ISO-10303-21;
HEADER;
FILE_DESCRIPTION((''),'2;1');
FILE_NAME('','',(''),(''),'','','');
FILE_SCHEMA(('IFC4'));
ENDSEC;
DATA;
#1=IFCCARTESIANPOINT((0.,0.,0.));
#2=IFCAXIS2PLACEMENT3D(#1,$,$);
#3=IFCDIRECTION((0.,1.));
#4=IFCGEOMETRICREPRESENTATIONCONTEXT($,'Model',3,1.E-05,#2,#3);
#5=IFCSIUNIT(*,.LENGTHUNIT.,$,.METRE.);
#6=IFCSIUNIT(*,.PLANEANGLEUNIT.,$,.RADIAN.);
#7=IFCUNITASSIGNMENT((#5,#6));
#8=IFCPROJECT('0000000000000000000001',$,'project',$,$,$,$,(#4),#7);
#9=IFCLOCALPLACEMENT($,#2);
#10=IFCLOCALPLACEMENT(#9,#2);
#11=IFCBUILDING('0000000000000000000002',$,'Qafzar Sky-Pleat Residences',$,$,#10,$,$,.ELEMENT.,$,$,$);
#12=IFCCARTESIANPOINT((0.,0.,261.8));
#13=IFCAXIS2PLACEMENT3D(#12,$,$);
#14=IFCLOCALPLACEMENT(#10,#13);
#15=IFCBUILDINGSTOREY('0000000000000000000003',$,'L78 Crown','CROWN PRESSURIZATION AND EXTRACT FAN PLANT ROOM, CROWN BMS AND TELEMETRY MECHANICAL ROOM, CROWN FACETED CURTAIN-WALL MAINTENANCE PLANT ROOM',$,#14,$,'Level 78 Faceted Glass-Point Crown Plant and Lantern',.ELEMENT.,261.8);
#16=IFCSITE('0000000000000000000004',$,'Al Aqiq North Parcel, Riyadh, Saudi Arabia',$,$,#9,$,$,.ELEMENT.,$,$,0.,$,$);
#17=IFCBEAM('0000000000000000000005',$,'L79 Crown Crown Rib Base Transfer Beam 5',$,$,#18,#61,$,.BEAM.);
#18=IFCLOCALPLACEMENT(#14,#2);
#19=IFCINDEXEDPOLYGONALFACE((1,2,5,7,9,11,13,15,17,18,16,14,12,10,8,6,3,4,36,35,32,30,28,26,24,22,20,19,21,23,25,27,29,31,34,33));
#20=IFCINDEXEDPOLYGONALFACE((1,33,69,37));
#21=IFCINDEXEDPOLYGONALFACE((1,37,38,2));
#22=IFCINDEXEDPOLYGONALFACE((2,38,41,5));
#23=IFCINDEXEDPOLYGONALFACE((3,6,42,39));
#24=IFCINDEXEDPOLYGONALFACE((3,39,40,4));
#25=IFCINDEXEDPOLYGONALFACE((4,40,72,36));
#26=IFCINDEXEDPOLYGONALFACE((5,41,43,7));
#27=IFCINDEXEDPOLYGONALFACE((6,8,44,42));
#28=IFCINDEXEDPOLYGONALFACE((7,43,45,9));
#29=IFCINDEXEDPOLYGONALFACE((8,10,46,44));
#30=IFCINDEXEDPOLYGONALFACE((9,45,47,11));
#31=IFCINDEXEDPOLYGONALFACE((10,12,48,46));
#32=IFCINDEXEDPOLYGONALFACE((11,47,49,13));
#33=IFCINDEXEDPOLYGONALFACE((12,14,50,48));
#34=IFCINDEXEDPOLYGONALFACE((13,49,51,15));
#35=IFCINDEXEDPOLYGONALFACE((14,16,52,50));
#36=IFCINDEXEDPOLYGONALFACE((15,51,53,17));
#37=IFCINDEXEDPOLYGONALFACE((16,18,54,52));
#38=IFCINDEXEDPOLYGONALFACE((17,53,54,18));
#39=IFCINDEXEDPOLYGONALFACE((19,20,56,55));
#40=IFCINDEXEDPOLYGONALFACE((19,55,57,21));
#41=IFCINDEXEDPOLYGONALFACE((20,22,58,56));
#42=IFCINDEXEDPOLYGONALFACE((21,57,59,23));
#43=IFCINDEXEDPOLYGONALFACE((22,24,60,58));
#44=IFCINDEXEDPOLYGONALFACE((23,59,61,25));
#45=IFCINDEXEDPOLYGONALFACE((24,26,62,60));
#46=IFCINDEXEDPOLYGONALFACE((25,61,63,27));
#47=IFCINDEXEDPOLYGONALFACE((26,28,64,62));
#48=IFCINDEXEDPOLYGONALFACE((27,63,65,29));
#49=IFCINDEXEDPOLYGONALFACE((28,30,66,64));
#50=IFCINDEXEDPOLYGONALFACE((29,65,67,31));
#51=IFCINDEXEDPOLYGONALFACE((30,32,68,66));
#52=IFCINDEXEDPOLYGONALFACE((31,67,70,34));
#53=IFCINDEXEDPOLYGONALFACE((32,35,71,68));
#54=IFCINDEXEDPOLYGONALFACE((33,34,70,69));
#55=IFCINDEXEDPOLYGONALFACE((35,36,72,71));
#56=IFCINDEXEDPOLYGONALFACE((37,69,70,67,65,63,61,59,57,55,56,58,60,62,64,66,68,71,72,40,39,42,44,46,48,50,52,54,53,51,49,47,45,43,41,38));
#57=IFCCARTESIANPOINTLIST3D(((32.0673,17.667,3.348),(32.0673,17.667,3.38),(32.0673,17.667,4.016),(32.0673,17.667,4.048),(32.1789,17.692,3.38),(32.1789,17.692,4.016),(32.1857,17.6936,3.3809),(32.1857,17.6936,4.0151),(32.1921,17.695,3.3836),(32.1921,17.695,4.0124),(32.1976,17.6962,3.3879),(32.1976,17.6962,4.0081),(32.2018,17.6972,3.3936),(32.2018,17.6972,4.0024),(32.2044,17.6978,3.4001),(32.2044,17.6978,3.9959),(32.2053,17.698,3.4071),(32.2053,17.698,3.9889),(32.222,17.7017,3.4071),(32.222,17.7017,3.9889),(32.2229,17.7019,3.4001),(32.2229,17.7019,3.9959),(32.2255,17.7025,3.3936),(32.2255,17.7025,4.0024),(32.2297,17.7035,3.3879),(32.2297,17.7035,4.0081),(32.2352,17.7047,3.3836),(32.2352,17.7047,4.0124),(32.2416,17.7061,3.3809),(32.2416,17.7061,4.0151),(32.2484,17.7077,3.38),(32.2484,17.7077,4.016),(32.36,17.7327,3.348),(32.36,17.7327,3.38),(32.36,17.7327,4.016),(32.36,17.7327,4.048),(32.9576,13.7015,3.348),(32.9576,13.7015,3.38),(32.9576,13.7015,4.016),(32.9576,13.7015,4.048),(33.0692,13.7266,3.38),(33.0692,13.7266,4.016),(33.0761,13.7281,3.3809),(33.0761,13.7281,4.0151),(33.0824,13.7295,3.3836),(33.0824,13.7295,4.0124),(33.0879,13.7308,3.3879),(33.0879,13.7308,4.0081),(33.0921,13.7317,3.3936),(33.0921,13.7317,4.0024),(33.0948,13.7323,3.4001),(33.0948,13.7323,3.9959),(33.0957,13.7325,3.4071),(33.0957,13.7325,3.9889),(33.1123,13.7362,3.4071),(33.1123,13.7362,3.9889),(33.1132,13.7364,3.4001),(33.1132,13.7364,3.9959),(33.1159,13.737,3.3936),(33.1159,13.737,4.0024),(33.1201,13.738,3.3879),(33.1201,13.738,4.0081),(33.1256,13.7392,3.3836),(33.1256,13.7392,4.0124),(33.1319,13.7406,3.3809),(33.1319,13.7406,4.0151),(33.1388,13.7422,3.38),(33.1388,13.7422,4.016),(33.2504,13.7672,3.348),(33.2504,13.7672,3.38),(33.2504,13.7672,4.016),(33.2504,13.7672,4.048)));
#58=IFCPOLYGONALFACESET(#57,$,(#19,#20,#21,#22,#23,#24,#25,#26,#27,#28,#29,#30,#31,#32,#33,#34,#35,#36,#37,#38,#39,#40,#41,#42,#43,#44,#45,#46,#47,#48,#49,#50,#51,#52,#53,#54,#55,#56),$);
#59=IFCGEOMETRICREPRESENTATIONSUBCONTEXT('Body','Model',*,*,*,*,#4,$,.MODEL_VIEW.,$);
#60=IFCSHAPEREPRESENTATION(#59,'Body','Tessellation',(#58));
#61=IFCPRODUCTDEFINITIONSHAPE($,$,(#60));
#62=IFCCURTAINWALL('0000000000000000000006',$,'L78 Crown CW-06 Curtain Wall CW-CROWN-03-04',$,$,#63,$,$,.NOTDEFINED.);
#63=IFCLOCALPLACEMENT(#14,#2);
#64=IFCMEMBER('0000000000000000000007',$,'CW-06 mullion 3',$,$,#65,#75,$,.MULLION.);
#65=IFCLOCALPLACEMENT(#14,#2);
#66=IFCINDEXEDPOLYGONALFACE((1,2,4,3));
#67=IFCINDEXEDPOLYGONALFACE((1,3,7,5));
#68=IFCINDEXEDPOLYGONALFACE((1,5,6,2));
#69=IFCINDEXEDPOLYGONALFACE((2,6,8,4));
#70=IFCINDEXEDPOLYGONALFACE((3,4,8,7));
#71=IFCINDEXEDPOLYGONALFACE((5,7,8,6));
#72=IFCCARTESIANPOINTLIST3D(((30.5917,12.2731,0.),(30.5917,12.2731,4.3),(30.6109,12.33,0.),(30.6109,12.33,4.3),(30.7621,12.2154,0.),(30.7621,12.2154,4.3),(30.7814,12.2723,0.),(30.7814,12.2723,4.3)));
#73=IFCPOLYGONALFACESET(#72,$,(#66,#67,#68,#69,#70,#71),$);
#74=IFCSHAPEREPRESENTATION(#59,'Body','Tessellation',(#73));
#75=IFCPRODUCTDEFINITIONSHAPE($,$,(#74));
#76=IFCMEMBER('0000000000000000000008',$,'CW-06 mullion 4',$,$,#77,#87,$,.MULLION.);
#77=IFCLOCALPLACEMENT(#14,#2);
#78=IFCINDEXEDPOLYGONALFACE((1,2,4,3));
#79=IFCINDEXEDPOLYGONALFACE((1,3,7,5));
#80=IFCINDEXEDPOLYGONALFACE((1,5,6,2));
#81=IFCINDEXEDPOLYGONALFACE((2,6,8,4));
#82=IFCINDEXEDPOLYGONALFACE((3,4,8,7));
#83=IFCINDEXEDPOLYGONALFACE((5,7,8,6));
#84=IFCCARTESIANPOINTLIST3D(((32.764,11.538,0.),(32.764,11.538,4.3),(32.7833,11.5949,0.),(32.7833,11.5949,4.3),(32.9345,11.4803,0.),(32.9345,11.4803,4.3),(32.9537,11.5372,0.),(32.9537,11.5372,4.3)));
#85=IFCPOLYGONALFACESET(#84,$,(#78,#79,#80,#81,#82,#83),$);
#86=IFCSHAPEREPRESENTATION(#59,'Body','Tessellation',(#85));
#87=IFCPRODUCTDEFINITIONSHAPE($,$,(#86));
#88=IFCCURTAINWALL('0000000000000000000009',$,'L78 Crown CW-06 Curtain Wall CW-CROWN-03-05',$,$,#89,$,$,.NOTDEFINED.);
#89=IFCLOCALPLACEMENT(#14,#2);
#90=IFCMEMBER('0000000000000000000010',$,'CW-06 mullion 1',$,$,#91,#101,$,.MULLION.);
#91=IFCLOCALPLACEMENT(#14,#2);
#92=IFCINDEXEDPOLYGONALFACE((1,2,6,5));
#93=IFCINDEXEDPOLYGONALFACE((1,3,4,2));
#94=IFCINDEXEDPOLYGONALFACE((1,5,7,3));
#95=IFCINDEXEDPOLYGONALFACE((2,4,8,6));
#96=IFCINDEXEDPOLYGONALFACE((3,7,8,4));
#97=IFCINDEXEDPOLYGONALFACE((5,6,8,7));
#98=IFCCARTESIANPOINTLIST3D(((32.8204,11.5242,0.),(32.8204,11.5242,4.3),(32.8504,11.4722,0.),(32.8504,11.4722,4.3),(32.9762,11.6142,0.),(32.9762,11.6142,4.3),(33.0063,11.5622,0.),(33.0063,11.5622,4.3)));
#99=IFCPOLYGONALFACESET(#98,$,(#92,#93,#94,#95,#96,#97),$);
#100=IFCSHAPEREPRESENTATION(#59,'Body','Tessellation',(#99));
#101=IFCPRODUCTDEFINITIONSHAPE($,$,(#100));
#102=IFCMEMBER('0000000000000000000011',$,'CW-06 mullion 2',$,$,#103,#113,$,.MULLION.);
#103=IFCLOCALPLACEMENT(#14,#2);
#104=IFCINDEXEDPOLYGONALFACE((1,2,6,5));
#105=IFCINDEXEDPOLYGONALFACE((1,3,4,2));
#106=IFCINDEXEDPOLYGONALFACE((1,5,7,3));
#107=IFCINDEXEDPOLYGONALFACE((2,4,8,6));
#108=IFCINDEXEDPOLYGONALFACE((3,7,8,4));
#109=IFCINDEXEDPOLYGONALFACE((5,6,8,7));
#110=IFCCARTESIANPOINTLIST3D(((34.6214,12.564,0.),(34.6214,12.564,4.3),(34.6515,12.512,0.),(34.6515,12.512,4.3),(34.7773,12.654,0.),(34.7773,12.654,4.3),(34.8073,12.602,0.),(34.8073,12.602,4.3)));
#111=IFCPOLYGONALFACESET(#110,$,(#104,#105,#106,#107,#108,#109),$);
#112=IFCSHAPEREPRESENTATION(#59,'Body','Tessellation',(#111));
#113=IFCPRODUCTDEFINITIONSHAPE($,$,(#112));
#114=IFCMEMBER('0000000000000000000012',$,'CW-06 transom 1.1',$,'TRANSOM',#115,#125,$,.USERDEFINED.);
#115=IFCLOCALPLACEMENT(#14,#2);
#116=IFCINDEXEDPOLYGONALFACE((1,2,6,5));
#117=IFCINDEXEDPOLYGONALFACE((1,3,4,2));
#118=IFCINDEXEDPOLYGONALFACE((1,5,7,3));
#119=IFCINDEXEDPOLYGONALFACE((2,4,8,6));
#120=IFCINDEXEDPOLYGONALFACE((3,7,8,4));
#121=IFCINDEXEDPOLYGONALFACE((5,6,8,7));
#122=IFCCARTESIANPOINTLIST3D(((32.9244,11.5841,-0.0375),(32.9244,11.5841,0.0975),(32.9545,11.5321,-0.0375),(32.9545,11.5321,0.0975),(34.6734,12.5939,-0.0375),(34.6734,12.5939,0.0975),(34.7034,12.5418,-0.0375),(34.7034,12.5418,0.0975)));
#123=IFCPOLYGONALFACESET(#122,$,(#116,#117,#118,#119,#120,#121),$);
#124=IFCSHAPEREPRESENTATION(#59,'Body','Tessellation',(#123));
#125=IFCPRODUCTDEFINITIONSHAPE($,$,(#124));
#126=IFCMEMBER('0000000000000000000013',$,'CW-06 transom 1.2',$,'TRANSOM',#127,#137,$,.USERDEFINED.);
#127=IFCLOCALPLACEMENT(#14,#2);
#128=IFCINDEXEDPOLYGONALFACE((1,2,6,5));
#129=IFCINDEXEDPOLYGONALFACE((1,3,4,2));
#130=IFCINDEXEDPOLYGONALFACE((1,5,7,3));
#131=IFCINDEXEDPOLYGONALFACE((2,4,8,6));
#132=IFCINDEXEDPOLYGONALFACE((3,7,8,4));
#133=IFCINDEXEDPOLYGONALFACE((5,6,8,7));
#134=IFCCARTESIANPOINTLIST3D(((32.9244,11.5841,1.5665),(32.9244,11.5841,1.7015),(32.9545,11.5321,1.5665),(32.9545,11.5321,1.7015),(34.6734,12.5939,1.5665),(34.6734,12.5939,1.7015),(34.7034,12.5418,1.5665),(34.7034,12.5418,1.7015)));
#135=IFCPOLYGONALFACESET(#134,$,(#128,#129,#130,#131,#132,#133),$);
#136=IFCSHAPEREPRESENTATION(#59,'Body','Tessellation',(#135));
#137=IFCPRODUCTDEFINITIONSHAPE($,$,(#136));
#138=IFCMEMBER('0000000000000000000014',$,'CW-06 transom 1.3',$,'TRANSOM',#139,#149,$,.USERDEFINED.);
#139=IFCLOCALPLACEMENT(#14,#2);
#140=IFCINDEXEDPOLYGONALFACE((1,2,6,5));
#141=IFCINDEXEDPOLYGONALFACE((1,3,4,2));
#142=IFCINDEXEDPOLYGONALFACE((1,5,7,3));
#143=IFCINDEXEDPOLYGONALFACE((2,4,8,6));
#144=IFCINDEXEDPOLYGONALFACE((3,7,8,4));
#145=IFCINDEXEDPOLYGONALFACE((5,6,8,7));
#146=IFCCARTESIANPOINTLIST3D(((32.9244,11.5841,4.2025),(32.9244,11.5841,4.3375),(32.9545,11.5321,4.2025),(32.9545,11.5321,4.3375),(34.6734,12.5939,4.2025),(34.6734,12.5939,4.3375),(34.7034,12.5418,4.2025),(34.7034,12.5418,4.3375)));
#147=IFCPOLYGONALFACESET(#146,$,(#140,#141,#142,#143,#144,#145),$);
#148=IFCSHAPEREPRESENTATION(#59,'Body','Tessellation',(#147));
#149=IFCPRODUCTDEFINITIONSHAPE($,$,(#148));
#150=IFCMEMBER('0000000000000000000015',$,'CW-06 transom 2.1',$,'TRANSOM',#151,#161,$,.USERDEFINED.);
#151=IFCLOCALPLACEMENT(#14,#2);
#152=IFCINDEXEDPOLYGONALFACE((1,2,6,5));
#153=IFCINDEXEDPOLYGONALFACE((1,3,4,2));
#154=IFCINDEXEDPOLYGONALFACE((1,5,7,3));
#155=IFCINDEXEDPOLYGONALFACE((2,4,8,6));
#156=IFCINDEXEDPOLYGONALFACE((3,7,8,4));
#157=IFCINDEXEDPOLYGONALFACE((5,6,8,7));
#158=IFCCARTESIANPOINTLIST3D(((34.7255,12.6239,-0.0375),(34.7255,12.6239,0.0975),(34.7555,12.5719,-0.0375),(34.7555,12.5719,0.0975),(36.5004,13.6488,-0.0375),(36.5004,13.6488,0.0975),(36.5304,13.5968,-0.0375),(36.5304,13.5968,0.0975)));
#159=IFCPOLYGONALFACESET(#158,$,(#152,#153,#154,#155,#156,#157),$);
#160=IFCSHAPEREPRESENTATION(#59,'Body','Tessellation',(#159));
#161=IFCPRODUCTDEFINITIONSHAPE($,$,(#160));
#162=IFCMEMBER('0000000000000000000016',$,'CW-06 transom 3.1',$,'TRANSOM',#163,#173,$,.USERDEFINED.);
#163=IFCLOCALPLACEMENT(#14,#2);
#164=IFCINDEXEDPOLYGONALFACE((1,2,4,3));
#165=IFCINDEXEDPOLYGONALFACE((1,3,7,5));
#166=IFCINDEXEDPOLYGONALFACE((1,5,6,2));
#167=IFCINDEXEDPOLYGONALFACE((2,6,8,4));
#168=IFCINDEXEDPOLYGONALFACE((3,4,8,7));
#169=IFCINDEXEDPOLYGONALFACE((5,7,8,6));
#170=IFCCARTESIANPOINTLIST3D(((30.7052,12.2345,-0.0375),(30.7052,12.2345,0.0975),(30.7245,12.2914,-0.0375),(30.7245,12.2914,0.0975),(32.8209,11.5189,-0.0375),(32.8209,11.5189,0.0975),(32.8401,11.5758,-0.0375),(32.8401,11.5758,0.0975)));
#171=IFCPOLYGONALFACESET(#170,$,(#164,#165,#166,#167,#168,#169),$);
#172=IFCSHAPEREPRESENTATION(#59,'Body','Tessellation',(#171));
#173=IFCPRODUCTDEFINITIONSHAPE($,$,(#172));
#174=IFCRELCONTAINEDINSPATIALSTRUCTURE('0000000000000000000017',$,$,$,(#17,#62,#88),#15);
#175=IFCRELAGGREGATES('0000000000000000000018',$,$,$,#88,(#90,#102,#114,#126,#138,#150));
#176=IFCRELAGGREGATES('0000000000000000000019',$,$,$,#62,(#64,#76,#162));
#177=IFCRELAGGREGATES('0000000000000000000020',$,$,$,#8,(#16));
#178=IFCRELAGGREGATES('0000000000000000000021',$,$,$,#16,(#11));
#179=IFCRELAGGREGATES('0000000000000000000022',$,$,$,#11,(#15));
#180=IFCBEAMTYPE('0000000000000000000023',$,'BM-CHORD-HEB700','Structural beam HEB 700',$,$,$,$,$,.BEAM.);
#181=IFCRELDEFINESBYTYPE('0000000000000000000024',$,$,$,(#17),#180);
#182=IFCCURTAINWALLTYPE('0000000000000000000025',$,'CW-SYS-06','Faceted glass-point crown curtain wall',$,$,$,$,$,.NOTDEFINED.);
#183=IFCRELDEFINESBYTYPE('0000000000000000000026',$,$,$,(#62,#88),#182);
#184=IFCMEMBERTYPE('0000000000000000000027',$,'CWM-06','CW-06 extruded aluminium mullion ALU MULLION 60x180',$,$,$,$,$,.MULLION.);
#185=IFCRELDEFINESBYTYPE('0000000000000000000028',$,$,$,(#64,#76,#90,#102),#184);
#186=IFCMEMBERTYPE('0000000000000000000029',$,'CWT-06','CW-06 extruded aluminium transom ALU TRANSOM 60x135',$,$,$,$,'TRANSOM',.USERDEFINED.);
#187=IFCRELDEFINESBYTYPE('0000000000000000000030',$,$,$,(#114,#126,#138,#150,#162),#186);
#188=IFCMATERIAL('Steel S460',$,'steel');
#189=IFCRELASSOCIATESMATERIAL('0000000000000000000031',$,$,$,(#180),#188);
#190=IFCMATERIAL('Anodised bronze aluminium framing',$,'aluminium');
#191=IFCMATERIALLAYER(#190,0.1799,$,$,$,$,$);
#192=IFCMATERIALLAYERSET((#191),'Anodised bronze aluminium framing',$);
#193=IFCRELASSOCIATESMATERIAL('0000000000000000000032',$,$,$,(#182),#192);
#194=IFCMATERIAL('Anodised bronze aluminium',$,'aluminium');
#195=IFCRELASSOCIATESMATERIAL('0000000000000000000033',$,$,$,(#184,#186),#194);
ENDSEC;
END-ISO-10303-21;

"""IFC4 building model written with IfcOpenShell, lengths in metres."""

from ifc_helpers import new_model, si_unit, direction, frame, origin, origin_2d, place, context, subcontext, project, spatial, rectangle, i_section, extrude, source, transform, mapped, material, layer, layer_set, material_profile, profile_set, type_object, element, aggregate, save


model = new_model("IFC4")

# Units and contexts
model_context = context("Model", 3, precision=1e-05, world=origin(), true_north=direction((0.0, 1.0)))
body_context = subcontext(model_context, "Body", "Model", "MODEL_VIEW")
ifc_project = project(units=[si_unit("LENGTHUNIT", "METRE"), si_unit("PLANEANGLEUNIT", "RADIAN")], contexts=[model_context])

# Site, building, storey
site_placement = place(None, origin())
site = spatial("IfcSite", under=ifc_project, at=site_placement, Name="Al Aqiq North Parcel, Riyadh, Saudi Arabia", CompositionType="ELEMENT", RefElevation=0.0)
building_placement = place(site_placement, origin())
building = spatial("IfcBuilding", under=site, at=building_placement, Name="Qafzar Sky-Pleat Residences", CompositionType="ELEMENT")
storey_placement = place(building_placement, frame((0.0, 0.0, 261.8)))
storey = spatial("IfcBuildingStorey", under=building, at=storey_placement, Name="L78 Crown", Description="CROWN PRESSURIZATION AND EXTRACT FAN PLANT ROOM, CROWN BMS AND TELEMETRY MECHANICAL ROOM, CROWN FACETED CURTAIN-WALL MAINTENANCE PLANT ROOM", LongName="Level 78 Faceted Glass-Point Crown Plant and Lantern", CompositionType="ELEMENT", Elevation=261.8)

# Shared definitions
ifc_material_1 = material(Name="Steel S460", Category="steel")

# Beam
ifc_material_profile_1 = material_profile(ifc_material_1, i_section(OverallWidth=0.3, OverallDepth=0.7, WebThickness=0.0171, FlangeThickness=0.032, FilletRadius=0.0271, at=origin_2d()), Name="HEB 700")
ifc_profile_set_1 = profile_set([ifc_material_profile_1], Name="Steel S460")
beam_type = type_object("IfcBeamType", Name="BM-CHORD-HEB700", Description="Structural beam HEB 700", PredefinedType="BEAM", material=ifc_profile_set_1)
shared_shape_1 = source(origin(), body_context, "Body", "SweptSolid", [
    extrude(i_section(OverallWidth=0.3, OverallDepth=0.7, WebThickness=0.0171, FlangeThickness=0.032, FilletRadius=0.0271, at=origin_2d()), origin(), (0.0, 0.0, 1.0), 4.0642),
])
beam_placement = place(storey_placement, frame((33.104, 13.7344, 3.698), z_axis=(-0.219073, 0.975708, 0.0), x_axis=(-0.975708, -0.219073, 0.0)))
element("IfcBeam", 1, at=beam_placement, inside=storey, type_object=beam_type, Name="L79 Crown Crown Rib Base Transfer Beam 5", PredefinedType="BEAM", context=body_context, shape_type="MappedRepresentation", body=[
    mapped(shared_shape_1, transform((0.0, 0.0, 0.0), x_axis=(1.0, 0.0, 0.0), y_axis=(0.0, 1.0, 0.0), z_axis=(0.0, 0.0, 1.0), scale=1.0)),
])

# Curtain walls, members
ifc_material_2 = material(Name="Anodised bronze aluminium framing", Category="aluminium")
ifc_layer_1 = layer(ifc_material_2, 0.1799)
ifc_layer_set_1 = layer_set([ifc_layer_1], Name="Anodised bronze aluminium framing")
curtain_wall_type = type_object("IfcCurtainWallType", Name="CW-SYS-06", Description="Faceted glass-point crown curtain wall", PredefinedType="NOTDEFINED", material=ifc_layer_set_1)
curtain_wall_1_placement = place(storey_placement, origin())
curtain_wall_1 = element("IfcCurtainWall", 2, at=curtain_wall_1_placement, inside=storey, type_object=curtain_wall_type, Name="L78 Crown CW-06 Curtain Wall CW-CROWN-03-04", PredefinedType="NOTDEFINED")
ifc_material_3 = material(Name="Anodised bronze aluminium", Category="aluminium")
ifc_material_profile_2 = material_profile(ifc_material_3, rectangle(XDim=0.0601, YDim=0.1799, at=origin_2d()), Name="ALU MULLION 60x180")
ifc_profile_set_2 = profile_set([ifc_material_profile_2], Name="Anodised bronze aluminium")
member_type_1 = type_object("IfcMemberType", Name="CWM-06", Description="CW-06 extruded aluminium mullion ALU MULLION 60x180", PredefinedType="MULLION", material=ifc_profile_set_2)
shared_shape_2 = source(origin(), body_context, "Body", "SweptSolid", [
    extrude(rectangle(XDim=0.0601, YDim=0.1799, at=origin_2d()), origin(), (0.0, 0.0, 1.0), 4.3),
])
member_1_placement = place(storey_placement, frame((30.6865, 12.2727, 0.0), z_axis=(0.0, 0.0, 1.0), x_axis=(0.320451, 0.947265, 0.0)))
member_1 = element("IfcMember", 3, at=member_1_placement, type_object=member_type_1, Name="CW-06 mullion 3", PredefinedType="MULLION", context=body_context, shape_type="MappedRepresentation", body=[
    mapped(shared_shape_2, transform((0.0, 0.0, 0.0), x_axis=(1.0, 0.0, 0.0), y_axis=(0.0, 1.0, 0.0), z_axis=(0.0, 0.0, 1.0), scale=1.0)),
])
member_2_placement = place(storey_placement, frame((32.8589, 11.5376, 0.0), z_axis=(0.0, 0.0, 1.0), x_axis=(0.320451, 0.947265, 0.0)))
member_2 = element("IfcMember", 4, at=member_2_placement, type_object=member_type_1, Name="CW-06 mullion 4", PredefinedType="MULLION", context=body_context, shape_type="MappedRepresentation", body=[
    mapped(shared_shape_2, transform((0.0, 0.0, 0.0), x_axis=(1.0, 0.0, 0.0), y_axis=(0.0, 1.0, 0.0), z_axis=(0.0, 0.0, 1.0), scale=1.0)),
])
curtain_wall_2_placement = place(storey_placement, origin())
curtain_wall_2 = element("IfcCurtainWall", 5, at=curtain_wall_2_placement, inside=storey, type_object=curtain_wall_type, Name="L78 Crown CW-06 Curtain Wall CW-CROWN-03-05", PredefinedType="NOTDEFINED")
member_3_placement = place(storey_placement, frame((32.9133, 11.5432, 0.0), z_axis=(0.0, 0.0, 1.0), x_axis=(-0.500002, 0.866024, 0.0)))
member_3 = element("IfcMember", 6, at=member_3_placement, type_object=member_type_1, Name="CW-06 mullion 1", PredefinedType="MULLION", context=body_context, shape_type="MappedRepresentation", body=[
    mapped(shared_shape_2, transform((0.0, 0.0, 0.0), x_axis=(1.0, 0.0, 0.0), y_axis=(0.0, 1.0, 0.0), z_axis=(0.0, 0.0, 1.0), scale=1.0)),
])
member_4_placement = place(storey_placement, frame((34.7144, 12.583, 0.0), z_axis=(0.0, 0.0, 1.0), x_axis=(-0.500002, 0.866024, 0.0)))
member_4 = element("IfcMember", 7, at=member_4_placement, type_object=member_type_1, Name="CW-06 mullion 2", PredefinedType="MULLION", context=body_context, shape_type="MappedRepresentation", body=[
    mapped(shared_shape_2, transform((0.0, 0.0, 0.0), x_axis=(1.0, 0.0, 0.0), y_axis=(0.0, 1.0, 0.0), z_axis=(0.0, 0.0, 1.0), scale=1.0)),
])
ifc_material_profile_3 = material_profile(ifc_material_3, rectangle(XDim=0.0601, YDim=0.135, at=origin_2d()), Name="ALU TRANSOM 60x135")
ifc_profile_set_3 = profile_set([ifc_material_profile_3], Name="Anodised bronze aluminium")
member_type_2 = type_object("IfcMemberType", Name="CWT-06", Description="CW-06 extruded aluminium transom ALU TRANSOM 60x135", ElementType="TRANSOM", PredefinedType="USERDEFINED", material=ifc_profile_set_3)
shared_shape_3 = source(origin(), body_context, "Body", "SweptSolid", [
    extrude(rectangle(XDim=0.0601, YDim=0.135, at=origin_2d()), origin(), (0.0, 0.0, 1.0), 2.0195),
])
member_5_placement = place(storey_placement, frame((32.9395, 11.5581, 0.03), z_axis=(0.866033, 0.499988, 0.0), x_axis=(-0.499988, 0.866033, 0.0)))
member_5 = element("IfcMember", 8, at=member_5_placement, type_object=member_type_2, Name="CW-06 transom 1.1", ObjectType="TRANSOM", PredefinedType="USERDEFINED", context=body_context, shape_type="MappedRepresentation", body=[
    mapped(shared_shape_3, transform((0.0, 0.0, 0.0), x_axis=(1.0, 0.0, 0.0), y_axis=(0.0, 1.0, 0.0), z_axis=(0.0, 0.0, 1.0), scale=1.0)),
])
member_6_placement = place(storey_placement, frame((32.9395, 11.5581, 1.634), z_axis=(0.866033, 0.499988, 0.0), x_axis=(-0.499988, 0.866033, 0.0)))
member_6 = element("IfcMember", 9, at=member_6_placement, type_object=member_type_2, Name="CW-06 transom 1.2", ObjectType="TRANSOM", PredefinedType="USERDEFINED", context=body_context, shape_type="MappedRepresentation", body=[
    mapped(shared_shape_3, transform((0.0, 0.0, 0.0), x_axis=(1.0, 0.0, 0.0), y_axis=(0.0, 1.0, 0.0), z_axis=(0.0, 0.0, 1.0), scale=1.0)),
])
member_7_placement = place(storey_placement, frame((32.9395, 11.5581, 4.27), z_axis=(0.866033, 0.499988, 0.0), x_axis=(-0.499988, 0.866033, 0.0)))
member_7 = element("IfcMember", 10, at=member_7_placement, type_object=member_type_2, Name="CW-06 transom 1.3", ObjectType="TRANSOM", PredefinedType="USERDEFINED", context=body_context, shape_type="MappedRepresentation", body=[
    mapped(shared_shape_3, transform((0.0, 0.0, 0.0), x_axis=(1.0, 0.0, 0.0), y_axis=(0.0, 1.0, 0.0), z_axis=(0.0, 0.0, 1.0), scale=1.0)),
])
shared_shape_4 = source(origin(), body_context, "Body", "SweptSolid", [
    extrude(rectangle(XDim=0.0601, YDim=0.135, at=origin_2d()), origin(), (0.0, 0.0, 1.0), 2.0496),
])
member_8_placement = place(storey_placement, frame((34.7405, 12.5979, 0.03), z_axis=(0.865991, 0.500059, 0.0), x_axis=(-0.500059, 0.865991, 0.0)))
member_8 = element("IfcMember", 11, at=member_8_placement, type_object=member_type_2, Name="CW-06 transom 2.1", ObjectType="TRANSOM", PredefinedType="USERDEFINED", context=body_context, shape_type="MappedRepresentation", body=[
    mapped(shared_shape_4, transform((0.0, 0.0, 0.0), x_axis=(1.0, 0.0, 0.0), y_axis=(0.0, 1.0, 0.0), z_axis=(0.0, 0.0, 1.0), scale=1.0)),
])

# Member
shared_shape_5 = source(origin(), body_context, "Body", "SweptSolid", [
    extrude(rectangle(XDim=0.0601, YDim=0.135, at=origin_2d()), origin(), (0.0, 0.0, 1.0), 2.2334),
])
member_9_placement = place(storey_placement, frame((30.7148, 12.2629, 0.03), z_axis=(0.947286, -0.320389, 0.0), x_axis=(0.320389, 0.947286, 0.0)))
member_9 = element("IfcMember", 12, at=member_9_placement, type_object=member_type_2, Name="CW-06 transom 3.1", ObjectType="TRANSOM", PredefinedType="USERDEFINED", context=body_context, shape_type="MappedRepresentation", body=[
    mapped(shared_shape_5, transform((0.0, 0.0, 0.0), x_axis=(1.0, 0.0, 0.0), y_axis=(0.0, 1.0, 0.0), z_axis=(0.0, 0.0, 1.0), scale=1.0)),
])

aggregate(curtain_wall_2, [member_3, member_4, member_5, member_6, member_7, member_8])
aggregate(curtain_wall_1, [member_1, member_2, member_9])

save(model, "model.ifc")
